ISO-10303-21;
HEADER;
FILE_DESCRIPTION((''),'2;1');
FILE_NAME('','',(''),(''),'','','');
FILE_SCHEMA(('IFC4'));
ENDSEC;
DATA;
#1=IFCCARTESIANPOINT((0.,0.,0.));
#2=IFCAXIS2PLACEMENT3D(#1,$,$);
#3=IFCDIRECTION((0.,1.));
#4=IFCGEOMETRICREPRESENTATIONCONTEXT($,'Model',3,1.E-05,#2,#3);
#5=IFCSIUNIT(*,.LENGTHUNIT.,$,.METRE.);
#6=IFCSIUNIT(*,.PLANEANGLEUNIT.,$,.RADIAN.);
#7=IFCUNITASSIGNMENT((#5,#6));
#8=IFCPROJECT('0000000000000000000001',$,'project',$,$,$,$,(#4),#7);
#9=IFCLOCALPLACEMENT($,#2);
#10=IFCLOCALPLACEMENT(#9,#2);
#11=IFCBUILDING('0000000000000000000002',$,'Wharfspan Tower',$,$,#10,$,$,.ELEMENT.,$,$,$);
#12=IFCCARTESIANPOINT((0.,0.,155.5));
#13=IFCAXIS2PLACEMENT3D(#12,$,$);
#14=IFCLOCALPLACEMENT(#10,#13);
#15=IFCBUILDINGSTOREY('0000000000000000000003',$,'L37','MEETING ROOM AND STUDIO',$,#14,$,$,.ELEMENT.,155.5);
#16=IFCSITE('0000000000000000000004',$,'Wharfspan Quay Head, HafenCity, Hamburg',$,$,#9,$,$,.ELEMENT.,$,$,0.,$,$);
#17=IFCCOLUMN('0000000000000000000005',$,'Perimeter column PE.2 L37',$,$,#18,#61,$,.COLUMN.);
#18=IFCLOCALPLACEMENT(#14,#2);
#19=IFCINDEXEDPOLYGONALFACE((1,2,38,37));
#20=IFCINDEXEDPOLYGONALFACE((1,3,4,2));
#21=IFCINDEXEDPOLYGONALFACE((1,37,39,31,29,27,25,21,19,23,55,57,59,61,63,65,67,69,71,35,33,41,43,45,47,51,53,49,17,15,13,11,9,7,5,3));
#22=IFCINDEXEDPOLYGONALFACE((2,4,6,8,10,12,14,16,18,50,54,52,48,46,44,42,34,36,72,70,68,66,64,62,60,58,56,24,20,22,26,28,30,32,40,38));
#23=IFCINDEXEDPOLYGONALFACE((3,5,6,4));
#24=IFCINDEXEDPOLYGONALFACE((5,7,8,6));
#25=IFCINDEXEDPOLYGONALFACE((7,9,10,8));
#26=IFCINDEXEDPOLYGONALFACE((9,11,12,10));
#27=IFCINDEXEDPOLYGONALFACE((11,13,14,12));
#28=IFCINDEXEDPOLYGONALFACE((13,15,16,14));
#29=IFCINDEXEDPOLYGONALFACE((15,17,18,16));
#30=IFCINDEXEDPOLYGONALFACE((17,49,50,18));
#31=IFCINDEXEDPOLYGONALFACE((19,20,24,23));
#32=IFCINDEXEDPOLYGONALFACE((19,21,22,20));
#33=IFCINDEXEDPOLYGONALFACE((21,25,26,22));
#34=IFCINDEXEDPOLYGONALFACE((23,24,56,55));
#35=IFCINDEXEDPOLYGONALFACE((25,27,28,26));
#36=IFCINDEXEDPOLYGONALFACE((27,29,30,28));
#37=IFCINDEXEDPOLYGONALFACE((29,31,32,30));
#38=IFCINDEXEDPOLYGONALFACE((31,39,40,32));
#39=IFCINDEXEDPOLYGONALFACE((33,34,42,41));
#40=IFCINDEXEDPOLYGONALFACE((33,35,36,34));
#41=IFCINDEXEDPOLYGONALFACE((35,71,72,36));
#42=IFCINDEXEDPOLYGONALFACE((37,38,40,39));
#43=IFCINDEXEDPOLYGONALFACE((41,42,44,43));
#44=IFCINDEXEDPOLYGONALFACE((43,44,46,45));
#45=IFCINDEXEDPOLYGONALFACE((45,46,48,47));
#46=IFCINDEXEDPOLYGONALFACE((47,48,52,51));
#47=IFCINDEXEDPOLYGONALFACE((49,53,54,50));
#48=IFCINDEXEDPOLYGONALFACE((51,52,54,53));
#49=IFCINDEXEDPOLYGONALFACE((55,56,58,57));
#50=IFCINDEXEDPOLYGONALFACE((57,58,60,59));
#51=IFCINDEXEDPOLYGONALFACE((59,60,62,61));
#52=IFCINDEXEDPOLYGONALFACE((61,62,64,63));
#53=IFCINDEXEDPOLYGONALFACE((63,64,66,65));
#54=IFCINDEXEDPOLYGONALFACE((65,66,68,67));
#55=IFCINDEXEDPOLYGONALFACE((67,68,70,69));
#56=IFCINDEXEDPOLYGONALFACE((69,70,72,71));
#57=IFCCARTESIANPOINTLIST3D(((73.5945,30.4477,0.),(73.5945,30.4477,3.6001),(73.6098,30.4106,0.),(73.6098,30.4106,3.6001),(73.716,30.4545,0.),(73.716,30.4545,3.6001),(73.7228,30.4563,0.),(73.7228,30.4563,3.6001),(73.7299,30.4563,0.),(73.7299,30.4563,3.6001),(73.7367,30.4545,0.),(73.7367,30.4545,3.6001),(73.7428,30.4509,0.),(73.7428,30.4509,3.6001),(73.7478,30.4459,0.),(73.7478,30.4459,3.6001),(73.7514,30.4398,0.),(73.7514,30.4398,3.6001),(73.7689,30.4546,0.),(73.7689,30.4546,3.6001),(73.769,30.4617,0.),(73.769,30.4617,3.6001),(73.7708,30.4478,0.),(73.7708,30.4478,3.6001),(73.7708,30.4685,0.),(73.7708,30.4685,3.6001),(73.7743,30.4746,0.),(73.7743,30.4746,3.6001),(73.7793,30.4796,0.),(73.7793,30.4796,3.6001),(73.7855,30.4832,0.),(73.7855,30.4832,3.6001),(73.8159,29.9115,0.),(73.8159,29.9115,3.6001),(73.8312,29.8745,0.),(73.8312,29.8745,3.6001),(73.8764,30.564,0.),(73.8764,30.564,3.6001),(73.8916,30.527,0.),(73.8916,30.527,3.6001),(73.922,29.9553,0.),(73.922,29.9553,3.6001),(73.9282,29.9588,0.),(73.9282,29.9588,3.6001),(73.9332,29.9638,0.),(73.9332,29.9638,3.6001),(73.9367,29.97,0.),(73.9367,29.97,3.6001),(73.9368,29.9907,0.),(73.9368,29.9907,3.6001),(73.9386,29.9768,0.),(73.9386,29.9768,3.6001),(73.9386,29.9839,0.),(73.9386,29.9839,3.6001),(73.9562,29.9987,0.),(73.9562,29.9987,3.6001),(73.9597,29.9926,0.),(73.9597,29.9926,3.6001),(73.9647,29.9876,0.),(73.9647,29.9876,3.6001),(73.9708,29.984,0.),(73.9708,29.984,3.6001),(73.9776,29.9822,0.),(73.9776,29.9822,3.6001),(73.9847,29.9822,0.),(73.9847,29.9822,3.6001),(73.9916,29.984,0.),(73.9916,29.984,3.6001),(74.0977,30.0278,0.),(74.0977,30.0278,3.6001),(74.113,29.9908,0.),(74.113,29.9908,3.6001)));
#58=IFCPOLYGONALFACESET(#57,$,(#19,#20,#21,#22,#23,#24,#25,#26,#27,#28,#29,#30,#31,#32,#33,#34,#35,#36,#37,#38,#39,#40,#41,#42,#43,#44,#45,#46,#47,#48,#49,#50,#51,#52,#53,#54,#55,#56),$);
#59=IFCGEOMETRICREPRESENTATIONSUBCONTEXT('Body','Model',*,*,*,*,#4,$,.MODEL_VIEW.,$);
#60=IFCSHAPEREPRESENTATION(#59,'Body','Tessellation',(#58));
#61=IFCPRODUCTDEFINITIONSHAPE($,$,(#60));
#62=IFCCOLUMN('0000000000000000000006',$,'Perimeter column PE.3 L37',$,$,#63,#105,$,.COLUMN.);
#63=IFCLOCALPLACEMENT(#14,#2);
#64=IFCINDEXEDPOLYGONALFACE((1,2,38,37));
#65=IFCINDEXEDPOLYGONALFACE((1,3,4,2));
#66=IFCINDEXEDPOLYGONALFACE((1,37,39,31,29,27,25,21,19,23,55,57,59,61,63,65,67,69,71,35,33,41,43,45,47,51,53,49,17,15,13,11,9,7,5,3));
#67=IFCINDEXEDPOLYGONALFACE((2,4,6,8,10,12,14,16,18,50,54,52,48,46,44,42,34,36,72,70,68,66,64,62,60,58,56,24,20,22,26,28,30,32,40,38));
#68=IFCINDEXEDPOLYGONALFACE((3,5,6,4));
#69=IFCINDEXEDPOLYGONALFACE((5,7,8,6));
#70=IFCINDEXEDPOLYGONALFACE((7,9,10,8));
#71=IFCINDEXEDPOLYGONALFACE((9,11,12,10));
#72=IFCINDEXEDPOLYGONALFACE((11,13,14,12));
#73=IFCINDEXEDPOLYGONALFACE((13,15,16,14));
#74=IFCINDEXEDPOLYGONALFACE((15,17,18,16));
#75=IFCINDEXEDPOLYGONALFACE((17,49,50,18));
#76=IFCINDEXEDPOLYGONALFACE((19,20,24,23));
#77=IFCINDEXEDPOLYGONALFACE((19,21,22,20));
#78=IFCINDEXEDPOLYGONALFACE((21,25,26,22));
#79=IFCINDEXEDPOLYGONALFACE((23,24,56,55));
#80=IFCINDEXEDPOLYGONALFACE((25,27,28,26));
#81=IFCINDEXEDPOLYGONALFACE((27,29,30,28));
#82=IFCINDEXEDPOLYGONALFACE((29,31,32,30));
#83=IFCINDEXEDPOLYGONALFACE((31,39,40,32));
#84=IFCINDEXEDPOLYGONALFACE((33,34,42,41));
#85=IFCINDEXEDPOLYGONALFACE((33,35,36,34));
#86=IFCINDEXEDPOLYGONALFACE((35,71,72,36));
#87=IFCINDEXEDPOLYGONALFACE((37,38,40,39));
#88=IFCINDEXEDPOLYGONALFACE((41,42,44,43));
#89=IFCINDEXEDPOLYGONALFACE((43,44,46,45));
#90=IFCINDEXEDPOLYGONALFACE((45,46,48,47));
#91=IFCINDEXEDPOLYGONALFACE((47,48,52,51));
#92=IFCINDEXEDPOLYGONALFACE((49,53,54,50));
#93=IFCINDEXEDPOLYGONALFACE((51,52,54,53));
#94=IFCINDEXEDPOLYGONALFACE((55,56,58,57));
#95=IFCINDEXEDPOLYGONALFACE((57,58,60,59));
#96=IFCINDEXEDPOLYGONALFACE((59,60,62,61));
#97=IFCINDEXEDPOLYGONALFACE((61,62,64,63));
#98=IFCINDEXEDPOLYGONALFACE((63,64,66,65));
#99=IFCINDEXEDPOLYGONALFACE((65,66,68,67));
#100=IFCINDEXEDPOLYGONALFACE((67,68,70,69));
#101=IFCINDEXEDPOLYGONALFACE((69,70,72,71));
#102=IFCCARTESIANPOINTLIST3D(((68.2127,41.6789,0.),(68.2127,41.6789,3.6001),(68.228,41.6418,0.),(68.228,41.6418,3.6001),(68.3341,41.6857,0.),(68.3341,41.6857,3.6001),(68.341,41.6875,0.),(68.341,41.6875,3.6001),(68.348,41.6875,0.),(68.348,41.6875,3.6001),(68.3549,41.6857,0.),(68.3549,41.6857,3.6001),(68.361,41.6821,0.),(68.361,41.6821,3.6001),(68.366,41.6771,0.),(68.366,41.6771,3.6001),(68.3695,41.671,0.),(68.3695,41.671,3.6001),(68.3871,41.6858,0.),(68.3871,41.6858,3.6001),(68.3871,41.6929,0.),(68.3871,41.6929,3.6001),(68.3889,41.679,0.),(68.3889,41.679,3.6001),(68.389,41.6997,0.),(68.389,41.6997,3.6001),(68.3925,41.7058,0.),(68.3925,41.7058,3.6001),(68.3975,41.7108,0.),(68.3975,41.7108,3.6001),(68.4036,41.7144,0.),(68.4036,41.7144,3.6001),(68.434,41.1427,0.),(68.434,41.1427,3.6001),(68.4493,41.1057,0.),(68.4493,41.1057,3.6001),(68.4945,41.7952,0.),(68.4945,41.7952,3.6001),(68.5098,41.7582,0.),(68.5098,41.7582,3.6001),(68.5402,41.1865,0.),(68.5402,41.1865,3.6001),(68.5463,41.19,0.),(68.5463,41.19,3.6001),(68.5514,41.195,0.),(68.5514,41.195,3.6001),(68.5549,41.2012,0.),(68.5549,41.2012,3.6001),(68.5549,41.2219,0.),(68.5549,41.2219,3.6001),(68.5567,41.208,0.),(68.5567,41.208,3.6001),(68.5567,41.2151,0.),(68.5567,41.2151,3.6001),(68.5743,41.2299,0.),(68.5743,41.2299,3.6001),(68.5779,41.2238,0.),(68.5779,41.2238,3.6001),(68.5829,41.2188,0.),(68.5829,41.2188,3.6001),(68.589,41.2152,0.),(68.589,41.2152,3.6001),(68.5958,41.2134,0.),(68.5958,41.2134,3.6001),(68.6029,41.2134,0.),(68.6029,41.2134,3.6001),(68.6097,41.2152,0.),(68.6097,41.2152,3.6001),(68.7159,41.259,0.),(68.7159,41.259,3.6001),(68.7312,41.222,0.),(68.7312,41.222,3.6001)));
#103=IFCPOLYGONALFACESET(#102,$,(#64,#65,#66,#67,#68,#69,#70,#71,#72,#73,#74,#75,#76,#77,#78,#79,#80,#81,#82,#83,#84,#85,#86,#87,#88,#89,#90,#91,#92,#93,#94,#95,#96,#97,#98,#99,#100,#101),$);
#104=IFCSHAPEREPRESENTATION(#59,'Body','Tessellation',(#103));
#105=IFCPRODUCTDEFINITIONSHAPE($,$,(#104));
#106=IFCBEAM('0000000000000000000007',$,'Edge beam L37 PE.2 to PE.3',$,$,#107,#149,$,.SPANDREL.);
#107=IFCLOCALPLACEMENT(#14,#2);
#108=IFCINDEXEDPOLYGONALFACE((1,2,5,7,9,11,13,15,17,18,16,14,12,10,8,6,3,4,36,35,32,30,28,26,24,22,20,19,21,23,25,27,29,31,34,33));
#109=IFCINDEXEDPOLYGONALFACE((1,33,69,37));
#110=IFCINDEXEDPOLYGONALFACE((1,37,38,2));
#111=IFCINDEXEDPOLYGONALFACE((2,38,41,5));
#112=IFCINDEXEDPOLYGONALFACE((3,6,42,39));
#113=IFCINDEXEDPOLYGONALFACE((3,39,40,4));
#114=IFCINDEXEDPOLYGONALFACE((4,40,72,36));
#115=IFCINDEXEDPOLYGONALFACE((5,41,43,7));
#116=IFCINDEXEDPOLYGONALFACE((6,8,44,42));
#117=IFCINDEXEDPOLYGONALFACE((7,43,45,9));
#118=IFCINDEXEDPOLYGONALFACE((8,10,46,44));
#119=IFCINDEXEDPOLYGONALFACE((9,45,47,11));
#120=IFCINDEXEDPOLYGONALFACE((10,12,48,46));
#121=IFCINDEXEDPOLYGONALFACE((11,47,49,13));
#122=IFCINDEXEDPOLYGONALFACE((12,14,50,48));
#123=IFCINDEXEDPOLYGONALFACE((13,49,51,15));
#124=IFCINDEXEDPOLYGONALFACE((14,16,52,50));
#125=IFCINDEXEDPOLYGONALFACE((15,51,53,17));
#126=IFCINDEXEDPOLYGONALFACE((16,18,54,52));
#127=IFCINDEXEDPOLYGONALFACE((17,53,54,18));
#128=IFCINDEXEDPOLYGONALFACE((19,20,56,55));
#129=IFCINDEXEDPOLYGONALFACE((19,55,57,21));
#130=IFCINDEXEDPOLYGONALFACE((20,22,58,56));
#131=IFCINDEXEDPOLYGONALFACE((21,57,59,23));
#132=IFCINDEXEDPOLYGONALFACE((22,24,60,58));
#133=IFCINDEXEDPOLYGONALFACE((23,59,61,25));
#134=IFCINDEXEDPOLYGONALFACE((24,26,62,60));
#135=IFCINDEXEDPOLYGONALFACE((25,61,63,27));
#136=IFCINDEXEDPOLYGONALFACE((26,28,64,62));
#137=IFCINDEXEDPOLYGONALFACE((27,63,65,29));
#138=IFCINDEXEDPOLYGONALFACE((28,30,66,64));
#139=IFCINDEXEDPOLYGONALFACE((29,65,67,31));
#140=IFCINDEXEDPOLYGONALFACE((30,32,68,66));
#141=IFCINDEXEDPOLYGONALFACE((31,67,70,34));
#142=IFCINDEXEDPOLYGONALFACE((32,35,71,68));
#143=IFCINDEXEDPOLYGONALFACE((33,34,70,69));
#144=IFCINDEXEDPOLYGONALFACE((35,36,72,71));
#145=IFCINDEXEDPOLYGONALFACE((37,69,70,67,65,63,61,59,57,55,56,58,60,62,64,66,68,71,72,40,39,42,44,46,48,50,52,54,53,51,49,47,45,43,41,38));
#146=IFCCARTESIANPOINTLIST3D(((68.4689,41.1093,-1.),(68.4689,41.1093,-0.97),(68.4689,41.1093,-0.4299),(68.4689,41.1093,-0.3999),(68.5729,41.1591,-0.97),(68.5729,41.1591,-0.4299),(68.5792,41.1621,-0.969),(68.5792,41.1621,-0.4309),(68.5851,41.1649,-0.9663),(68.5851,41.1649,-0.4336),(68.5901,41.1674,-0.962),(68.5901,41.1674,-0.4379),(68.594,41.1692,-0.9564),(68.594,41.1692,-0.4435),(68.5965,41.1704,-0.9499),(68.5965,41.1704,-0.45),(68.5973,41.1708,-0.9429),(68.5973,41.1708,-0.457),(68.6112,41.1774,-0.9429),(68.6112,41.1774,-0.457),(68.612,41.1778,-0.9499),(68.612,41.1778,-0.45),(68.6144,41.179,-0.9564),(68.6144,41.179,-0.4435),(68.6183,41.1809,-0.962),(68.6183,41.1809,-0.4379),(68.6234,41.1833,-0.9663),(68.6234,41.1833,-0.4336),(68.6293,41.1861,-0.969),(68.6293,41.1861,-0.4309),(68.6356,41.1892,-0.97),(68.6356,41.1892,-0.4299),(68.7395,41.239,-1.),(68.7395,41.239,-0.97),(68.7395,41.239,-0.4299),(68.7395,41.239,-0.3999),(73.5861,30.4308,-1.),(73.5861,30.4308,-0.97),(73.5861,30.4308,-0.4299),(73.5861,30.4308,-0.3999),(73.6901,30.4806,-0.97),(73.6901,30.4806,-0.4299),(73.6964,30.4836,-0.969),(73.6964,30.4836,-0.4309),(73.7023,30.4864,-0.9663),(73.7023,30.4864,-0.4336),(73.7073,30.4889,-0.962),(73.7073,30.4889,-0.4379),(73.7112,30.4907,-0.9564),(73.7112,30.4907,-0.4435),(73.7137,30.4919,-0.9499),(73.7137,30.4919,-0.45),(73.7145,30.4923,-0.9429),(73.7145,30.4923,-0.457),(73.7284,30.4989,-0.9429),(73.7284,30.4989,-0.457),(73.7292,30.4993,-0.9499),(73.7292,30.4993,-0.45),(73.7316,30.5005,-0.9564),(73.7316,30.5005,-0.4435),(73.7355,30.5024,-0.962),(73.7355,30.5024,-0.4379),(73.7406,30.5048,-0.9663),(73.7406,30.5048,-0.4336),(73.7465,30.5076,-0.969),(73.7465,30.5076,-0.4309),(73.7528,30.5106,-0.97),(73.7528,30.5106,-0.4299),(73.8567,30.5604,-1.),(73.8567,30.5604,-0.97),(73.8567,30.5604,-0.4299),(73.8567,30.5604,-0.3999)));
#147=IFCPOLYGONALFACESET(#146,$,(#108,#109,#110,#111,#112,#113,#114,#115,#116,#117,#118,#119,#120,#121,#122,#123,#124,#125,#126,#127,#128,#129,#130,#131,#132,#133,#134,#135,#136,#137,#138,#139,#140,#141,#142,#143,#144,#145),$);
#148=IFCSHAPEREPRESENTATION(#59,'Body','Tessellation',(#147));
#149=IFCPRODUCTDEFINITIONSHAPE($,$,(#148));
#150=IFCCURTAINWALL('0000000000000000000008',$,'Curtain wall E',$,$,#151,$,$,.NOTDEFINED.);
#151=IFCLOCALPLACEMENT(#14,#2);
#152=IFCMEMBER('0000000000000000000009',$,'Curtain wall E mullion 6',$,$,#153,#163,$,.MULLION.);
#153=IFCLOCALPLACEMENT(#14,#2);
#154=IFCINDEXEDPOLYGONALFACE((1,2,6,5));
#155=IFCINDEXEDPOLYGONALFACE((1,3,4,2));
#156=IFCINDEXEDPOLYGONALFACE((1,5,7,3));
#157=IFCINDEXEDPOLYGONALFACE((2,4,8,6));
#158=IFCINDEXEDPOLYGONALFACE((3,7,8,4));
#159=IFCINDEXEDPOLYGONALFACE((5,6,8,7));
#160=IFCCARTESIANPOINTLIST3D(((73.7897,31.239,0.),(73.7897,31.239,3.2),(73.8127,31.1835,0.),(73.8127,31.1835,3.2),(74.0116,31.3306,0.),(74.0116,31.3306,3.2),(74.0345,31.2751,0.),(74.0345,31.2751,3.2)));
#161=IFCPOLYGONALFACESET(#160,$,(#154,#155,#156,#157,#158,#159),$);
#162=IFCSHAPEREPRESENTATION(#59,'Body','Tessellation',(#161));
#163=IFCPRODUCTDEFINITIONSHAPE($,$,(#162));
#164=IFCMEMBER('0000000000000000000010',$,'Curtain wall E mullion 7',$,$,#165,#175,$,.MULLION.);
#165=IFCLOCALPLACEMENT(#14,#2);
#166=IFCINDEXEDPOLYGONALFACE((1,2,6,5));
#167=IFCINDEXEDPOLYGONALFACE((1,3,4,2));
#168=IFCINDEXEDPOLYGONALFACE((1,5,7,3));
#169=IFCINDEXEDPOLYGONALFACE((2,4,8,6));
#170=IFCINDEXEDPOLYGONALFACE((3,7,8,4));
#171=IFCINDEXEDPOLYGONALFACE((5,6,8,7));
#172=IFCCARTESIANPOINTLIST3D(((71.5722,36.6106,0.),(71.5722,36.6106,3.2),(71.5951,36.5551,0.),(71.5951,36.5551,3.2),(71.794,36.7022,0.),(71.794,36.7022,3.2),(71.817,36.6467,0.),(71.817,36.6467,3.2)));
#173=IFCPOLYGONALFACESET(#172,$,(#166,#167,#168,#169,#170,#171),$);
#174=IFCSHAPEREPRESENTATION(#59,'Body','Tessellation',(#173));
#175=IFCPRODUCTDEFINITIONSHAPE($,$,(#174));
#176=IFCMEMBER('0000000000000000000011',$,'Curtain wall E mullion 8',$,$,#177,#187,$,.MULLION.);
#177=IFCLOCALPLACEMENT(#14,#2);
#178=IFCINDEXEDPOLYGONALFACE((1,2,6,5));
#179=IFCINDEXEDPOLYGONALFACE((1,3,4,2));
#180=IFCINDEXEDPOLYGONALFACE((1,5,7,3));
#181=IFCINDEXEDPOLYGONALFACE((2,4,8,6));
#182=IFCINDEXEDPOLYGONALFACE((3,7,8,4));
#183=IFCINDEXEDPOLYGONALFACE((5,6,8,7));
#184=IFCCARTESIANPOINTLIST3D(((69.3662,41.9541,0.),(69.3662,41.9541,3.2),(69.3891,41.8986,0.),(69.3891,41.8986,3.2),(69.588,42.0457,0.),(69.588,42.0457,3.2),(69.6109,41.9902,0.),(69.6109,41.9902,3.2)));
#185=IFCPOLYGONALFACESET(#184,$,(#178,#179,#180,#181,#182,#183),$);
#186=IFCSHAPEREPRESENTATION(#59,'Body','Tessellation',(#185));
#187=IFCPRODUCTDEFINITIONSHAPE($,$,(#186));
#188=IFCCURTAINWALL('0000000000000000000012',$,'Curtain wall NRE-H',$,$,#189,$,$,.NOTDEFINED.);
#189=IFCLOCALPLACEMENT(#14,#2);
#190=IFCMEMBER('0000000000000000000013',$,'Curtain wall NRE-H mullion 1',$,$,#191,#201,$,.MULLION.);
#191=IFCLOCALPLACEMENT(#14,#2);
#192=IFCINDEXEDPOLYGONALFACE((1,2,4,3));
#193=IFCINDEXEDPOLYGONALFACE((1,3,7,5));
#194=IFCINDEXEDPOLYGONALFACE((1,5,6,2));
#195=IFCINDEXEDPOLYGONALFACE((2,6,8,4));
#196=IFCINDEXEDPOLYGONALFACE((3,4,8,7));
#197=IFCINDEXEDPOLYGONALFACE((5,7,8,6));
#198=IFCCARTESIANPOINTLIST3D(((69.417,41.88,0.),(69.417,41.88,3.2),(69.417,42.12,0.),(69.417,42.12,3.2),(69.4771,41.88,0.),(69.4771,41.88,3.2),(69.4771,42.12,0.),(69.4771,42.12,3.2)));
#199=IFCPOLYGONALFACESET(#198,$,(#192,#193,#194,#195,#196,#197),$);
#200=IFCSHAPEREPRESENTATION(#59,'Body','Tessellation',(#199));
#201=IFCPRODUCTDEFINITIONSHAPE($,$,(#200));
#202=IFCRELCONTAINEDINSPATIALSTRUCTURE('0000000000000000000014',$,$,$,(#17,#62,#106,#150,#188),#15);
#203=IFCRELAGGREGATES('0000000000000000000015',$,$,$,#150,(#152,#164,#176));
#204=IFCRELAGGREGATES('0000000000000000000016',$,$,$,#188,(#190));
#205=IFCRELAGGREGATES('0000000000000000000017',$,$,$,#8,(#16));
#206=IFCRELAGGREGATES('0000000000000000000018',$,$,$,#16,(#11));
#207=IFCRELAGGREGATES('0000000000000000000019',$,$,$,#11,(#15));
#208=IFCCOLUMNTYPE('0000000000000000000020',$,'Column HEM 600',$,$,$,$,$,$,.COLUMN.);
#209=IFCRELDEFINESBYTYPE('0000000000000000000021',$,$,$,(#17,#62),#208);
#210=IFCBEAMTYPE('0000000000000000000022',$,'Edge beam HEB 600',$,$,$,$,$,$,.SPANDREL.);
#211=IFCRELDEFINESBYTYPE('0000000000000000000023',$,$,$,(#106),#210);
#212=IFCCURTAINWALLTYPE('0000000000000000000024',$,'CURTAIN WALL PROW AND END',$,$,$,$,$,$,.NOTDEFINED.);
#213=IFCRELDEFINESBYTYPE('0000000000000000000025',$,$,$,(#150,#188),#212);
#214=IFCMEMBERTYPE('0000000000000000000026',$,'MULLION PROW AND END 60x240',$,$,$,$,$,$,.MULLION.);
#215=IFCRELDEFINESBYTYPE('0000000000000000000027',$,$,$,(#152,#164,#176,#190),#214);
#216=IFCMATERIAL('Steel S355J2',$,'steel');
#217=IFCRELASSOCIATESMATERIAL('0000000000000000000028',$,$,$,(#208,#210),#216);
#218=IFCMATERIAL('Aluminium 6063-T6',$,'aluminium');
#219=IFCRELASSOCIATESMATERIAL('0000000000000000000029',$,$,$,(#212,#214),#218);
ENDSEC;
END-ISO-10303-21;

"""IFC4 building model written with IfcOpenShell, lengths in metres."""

from ifc_helpers import new_model, si_unit, direction, frame, origin, origin_2d, place, context, subcontext, project, spatial, rectangle, i_section, extrude, material, material_profile, profile_set, type_object, element, aggregate, save


model = new_model("IFC4")

# Units and contexts
model_context = context("Model", 3, precision=1e-05, world=origin(), true_north=direction((0.0, 1.0)))
body_context = subcontext(model_context, "Body", "Model", "MODEL_VIEW")
ifc_project = project(units=[si_unit("LENGTHUNIT", "METRE"), si_unit("PLANEANGLEUNIT", "RADIAN")], contexts=[model_context])

# Site, building, storey
site_placement = place(None, origin())
site = spatial("IfcSite", under=ifc_project, at=site_placement, Name="Wharfspan Quay Head, HafenCity, Hamburg", CompositionType="ELEMENT", RefElevation=0.0)
building_placement = place(site_placement, origin())
building = spatial("IfcBuilding", under=site, at=building_placement, Name="Wharfspan Tower", CompositionType="ELEMENT")
storey_placement = place(building_placement, frame((0.0, 0.0, 155.5)))
storey = spatial("IfcBuildingStorey", under=building, at=storey_placement, Name="L37", Description="MEETING ROOM AND STUDIO", CompositionType="ELEMENT", Elevation=155.5)

# Columns
ifc_material_1 = material(Name="Steel S355J2", Category="steel")
ifc_material_profile_1 = material_profile(ifc_material_1, i_section(OverallWidth=0.3049, OverallDepth=0.6201, WebThickness=0.021, FlangeThickness=0.04, FilletRadius=0.0271, at=origin_2d()))
ifc_profile_set_1 = profile_set([ifc_material_profile_1], Name="Steel S355J2")
column_type = type_object("IfcColumnType", Name="Column HEM 600", PredefinedType="COLUMN", material=ifc_profile_set_1)
for number, where, z_axis, x_axis, name in (
    (1, (73.8538, 30.2192, 0.0), (0.0, 0.0, 1.0), (0.924325, 0.381602, 0.0), "Perimeter column PE.2 L37"),
    (2, (68.4719, 41.4504, 0.0), (0.0, 0.0, 1.0), (0.924325, 0.381602, 0.0), "Perimeter column PE.3 L37"),
):
    element("IfcColumn", number, at=place(storey_placement, frame(where, z_axis=z_axis, x_axis=x_axis)), inside=storey, type_object=column_type, Name=name, PredefinedType="COLUMN", context=body_context, shape_type="SweptSolid", body=[
        extrude(i_section(OverallWidth=0.3049, OverallDepth=0.6201, WebThickness=0.021, FlangeThickness=0.04, FilletRadius=0.0271, at=origin_2d()), origin(), (0.0, 0.0, 1.0), 3.6001),
    ])

# Beam
ifc_material_profile_2 = material_profile(ifc_material_1, i_section(OverallWidth=0.3, OverallDepth=0.6001, WebThickness=0.0154, FlangeThickness=0.03, FilletRadius=0.0271, at=origin_2d()))
ifc_profile_set_2 = profile_set([ifc_material_profile_2], Name="Steel S355J2")
beam_type = type_object("IfcBeamType", Name="Edge beam HEB 600", PredefinedType="SPANDREL", material=ifc_profile_set_2)
beam_placement = place(storey_placement, frame((73.7214, 30.4956, -0.7), z_axis=(-0.432149, 0.901802, 0.0), x_axis=(-0.901802, -0.432149, 0.0)))
element("IfcBeam", 3, at=beam_placement, inside=storey, type_object=beam_type, Name="Edge beam L37 PE.2 to PE.3", PredefinedType="SPANDREL", context=body_context, shape_type="SweptSolid", body=[
    extrude(i_section(OverallWidth=0.3, OverallDepth=0.6001, WebThickness=0.0154, FlangeThickness=0.03, FilletRadius=0.0271, at=origin_2d()), origin(), (0.0, 0.0, 1.0), 11.8413),
])

# Curtain walls, members
ifc_material_2 = material(Name="Aluminium 6063-T6", Category="aluminium")
curtain_wall_type = type_object("IfcCurtainWallType", Name="CURTAIN WALL PROW AND END", PredefinedType="NOTDEFINED", material=ifc_material_2)
curtain_wall_1_placement = place(storey_placement, origin())
curtain_wall_1 = element("IfcCurtainWall", 4, at=curtain_wall_1_placement, inside=storey, type_object=curtain_wall_type, Name="Curtain wall E", PredefinedType="NOTDEFINED")
ifc_material_profile_3 = material_profile(ifc_material_2, rectangle(XDim=0.24, YDim=0.0601, at=origin_2d()))
ifc_profile_set_3 = profile_set([ifc_material_profile_3], Name="Aluminium 6063-T6")
member_type_1 = type_object("IfcMemberType", Name="MULLION PROW AND END 60x240", PredefinedType="MULLION", material=ifc_profile_set_3)
member_1_placement = place(storey_placement, frame((73.9121, 31.2571, 0.0), z_axis=(0.0, 0.0, 1.0), x_axis=(-0.924325, -0.381602, 0.0)))
member_1 = element("IfcMember", 5, at=member_1_placement, type_object=member_type_1, Name="Curtain wall E mullion 6", PredefinedType="MULLION", context=body_context, shape_type="SweptSolid", body=[
    extrude(rectangle(XDim=0.24, YDim=0.0601, at=origin_2d()), origin(), (0.0, 0.0, 1.0), 3.2),
])
member_2_placement = place(storey_placement, frame((71.6946, 36.6287, 0.0), z_axis=(0.0, 0.0, 1.0), x_axis=(-0.924325, -0.381602, 0.0)))
member_2 = element("IfcMember", 6, at=member_2_placement, type_object=member_type_1, Name="Curtain wall E mullion 7", PredefinedType="MULLION", context=body_context, shape_type="SweptSolid", body=[
    extrude(rectangle(XDim=0.24, YDim=0.0601, at=origin_2d()), origin(), (0.0, 0.0, 1.0), 3.2),
])
member_3_placement = place(storey_placement, frame((69.4885, 41.9722, 0.0), z_axis=(0.0, 0.0, 1.0), x_axis=(-0.924325, -0.381602, 0.0)))
member_3 = element("IfcMember", 7, at=member_3_placement, type_object=member_type_1, Name="Curtain wall E mullion 8", PredefinedType="MULLION", context=body_context, shape_type="SweptSolid", body=[
    extrude(rectangle(XDim=0.24, YDim=0.0601, at=origin_2d()), origin(), (0.0, 0.0, 1.0), 3.2),
])
curtain_wall_2_placement = place(storey_placement, origin())
curtain_wall_2 = element("IfcCurtainWall", 8, at=curtain_wall_2_placement, inside=storey, type_object=curtain_wall_type, Name="Curtain wall NRE-H", PredefinedType="NOTDEFINED")
member_4_placement = place(storey_placement, frame((69.447, 42.0, 0.0), z_axis=(0.0, 0.0, 1.0), x_axis=(0.0, -1.0, 0.0)))
member_4 = element("IfcMember", 9, at=member_4_placement, type_object=member_type_1, Name="Curtain wall NRE-H mullion 1", PredefinedType="MULLION", context=body_context, shape_type="SweptSolid", body=[
    extrude(rectangle(XDim=0.24, YDim=0.0601, at=origin_2d()), origin(), (0.0, 0.0, 1.0), 3.2),
])

aggregate(curtain_wall_1, [member_1, member_2, member_3])
aggregate(curtain_wall_2, [member_4])

save(model, "model.ifc")
